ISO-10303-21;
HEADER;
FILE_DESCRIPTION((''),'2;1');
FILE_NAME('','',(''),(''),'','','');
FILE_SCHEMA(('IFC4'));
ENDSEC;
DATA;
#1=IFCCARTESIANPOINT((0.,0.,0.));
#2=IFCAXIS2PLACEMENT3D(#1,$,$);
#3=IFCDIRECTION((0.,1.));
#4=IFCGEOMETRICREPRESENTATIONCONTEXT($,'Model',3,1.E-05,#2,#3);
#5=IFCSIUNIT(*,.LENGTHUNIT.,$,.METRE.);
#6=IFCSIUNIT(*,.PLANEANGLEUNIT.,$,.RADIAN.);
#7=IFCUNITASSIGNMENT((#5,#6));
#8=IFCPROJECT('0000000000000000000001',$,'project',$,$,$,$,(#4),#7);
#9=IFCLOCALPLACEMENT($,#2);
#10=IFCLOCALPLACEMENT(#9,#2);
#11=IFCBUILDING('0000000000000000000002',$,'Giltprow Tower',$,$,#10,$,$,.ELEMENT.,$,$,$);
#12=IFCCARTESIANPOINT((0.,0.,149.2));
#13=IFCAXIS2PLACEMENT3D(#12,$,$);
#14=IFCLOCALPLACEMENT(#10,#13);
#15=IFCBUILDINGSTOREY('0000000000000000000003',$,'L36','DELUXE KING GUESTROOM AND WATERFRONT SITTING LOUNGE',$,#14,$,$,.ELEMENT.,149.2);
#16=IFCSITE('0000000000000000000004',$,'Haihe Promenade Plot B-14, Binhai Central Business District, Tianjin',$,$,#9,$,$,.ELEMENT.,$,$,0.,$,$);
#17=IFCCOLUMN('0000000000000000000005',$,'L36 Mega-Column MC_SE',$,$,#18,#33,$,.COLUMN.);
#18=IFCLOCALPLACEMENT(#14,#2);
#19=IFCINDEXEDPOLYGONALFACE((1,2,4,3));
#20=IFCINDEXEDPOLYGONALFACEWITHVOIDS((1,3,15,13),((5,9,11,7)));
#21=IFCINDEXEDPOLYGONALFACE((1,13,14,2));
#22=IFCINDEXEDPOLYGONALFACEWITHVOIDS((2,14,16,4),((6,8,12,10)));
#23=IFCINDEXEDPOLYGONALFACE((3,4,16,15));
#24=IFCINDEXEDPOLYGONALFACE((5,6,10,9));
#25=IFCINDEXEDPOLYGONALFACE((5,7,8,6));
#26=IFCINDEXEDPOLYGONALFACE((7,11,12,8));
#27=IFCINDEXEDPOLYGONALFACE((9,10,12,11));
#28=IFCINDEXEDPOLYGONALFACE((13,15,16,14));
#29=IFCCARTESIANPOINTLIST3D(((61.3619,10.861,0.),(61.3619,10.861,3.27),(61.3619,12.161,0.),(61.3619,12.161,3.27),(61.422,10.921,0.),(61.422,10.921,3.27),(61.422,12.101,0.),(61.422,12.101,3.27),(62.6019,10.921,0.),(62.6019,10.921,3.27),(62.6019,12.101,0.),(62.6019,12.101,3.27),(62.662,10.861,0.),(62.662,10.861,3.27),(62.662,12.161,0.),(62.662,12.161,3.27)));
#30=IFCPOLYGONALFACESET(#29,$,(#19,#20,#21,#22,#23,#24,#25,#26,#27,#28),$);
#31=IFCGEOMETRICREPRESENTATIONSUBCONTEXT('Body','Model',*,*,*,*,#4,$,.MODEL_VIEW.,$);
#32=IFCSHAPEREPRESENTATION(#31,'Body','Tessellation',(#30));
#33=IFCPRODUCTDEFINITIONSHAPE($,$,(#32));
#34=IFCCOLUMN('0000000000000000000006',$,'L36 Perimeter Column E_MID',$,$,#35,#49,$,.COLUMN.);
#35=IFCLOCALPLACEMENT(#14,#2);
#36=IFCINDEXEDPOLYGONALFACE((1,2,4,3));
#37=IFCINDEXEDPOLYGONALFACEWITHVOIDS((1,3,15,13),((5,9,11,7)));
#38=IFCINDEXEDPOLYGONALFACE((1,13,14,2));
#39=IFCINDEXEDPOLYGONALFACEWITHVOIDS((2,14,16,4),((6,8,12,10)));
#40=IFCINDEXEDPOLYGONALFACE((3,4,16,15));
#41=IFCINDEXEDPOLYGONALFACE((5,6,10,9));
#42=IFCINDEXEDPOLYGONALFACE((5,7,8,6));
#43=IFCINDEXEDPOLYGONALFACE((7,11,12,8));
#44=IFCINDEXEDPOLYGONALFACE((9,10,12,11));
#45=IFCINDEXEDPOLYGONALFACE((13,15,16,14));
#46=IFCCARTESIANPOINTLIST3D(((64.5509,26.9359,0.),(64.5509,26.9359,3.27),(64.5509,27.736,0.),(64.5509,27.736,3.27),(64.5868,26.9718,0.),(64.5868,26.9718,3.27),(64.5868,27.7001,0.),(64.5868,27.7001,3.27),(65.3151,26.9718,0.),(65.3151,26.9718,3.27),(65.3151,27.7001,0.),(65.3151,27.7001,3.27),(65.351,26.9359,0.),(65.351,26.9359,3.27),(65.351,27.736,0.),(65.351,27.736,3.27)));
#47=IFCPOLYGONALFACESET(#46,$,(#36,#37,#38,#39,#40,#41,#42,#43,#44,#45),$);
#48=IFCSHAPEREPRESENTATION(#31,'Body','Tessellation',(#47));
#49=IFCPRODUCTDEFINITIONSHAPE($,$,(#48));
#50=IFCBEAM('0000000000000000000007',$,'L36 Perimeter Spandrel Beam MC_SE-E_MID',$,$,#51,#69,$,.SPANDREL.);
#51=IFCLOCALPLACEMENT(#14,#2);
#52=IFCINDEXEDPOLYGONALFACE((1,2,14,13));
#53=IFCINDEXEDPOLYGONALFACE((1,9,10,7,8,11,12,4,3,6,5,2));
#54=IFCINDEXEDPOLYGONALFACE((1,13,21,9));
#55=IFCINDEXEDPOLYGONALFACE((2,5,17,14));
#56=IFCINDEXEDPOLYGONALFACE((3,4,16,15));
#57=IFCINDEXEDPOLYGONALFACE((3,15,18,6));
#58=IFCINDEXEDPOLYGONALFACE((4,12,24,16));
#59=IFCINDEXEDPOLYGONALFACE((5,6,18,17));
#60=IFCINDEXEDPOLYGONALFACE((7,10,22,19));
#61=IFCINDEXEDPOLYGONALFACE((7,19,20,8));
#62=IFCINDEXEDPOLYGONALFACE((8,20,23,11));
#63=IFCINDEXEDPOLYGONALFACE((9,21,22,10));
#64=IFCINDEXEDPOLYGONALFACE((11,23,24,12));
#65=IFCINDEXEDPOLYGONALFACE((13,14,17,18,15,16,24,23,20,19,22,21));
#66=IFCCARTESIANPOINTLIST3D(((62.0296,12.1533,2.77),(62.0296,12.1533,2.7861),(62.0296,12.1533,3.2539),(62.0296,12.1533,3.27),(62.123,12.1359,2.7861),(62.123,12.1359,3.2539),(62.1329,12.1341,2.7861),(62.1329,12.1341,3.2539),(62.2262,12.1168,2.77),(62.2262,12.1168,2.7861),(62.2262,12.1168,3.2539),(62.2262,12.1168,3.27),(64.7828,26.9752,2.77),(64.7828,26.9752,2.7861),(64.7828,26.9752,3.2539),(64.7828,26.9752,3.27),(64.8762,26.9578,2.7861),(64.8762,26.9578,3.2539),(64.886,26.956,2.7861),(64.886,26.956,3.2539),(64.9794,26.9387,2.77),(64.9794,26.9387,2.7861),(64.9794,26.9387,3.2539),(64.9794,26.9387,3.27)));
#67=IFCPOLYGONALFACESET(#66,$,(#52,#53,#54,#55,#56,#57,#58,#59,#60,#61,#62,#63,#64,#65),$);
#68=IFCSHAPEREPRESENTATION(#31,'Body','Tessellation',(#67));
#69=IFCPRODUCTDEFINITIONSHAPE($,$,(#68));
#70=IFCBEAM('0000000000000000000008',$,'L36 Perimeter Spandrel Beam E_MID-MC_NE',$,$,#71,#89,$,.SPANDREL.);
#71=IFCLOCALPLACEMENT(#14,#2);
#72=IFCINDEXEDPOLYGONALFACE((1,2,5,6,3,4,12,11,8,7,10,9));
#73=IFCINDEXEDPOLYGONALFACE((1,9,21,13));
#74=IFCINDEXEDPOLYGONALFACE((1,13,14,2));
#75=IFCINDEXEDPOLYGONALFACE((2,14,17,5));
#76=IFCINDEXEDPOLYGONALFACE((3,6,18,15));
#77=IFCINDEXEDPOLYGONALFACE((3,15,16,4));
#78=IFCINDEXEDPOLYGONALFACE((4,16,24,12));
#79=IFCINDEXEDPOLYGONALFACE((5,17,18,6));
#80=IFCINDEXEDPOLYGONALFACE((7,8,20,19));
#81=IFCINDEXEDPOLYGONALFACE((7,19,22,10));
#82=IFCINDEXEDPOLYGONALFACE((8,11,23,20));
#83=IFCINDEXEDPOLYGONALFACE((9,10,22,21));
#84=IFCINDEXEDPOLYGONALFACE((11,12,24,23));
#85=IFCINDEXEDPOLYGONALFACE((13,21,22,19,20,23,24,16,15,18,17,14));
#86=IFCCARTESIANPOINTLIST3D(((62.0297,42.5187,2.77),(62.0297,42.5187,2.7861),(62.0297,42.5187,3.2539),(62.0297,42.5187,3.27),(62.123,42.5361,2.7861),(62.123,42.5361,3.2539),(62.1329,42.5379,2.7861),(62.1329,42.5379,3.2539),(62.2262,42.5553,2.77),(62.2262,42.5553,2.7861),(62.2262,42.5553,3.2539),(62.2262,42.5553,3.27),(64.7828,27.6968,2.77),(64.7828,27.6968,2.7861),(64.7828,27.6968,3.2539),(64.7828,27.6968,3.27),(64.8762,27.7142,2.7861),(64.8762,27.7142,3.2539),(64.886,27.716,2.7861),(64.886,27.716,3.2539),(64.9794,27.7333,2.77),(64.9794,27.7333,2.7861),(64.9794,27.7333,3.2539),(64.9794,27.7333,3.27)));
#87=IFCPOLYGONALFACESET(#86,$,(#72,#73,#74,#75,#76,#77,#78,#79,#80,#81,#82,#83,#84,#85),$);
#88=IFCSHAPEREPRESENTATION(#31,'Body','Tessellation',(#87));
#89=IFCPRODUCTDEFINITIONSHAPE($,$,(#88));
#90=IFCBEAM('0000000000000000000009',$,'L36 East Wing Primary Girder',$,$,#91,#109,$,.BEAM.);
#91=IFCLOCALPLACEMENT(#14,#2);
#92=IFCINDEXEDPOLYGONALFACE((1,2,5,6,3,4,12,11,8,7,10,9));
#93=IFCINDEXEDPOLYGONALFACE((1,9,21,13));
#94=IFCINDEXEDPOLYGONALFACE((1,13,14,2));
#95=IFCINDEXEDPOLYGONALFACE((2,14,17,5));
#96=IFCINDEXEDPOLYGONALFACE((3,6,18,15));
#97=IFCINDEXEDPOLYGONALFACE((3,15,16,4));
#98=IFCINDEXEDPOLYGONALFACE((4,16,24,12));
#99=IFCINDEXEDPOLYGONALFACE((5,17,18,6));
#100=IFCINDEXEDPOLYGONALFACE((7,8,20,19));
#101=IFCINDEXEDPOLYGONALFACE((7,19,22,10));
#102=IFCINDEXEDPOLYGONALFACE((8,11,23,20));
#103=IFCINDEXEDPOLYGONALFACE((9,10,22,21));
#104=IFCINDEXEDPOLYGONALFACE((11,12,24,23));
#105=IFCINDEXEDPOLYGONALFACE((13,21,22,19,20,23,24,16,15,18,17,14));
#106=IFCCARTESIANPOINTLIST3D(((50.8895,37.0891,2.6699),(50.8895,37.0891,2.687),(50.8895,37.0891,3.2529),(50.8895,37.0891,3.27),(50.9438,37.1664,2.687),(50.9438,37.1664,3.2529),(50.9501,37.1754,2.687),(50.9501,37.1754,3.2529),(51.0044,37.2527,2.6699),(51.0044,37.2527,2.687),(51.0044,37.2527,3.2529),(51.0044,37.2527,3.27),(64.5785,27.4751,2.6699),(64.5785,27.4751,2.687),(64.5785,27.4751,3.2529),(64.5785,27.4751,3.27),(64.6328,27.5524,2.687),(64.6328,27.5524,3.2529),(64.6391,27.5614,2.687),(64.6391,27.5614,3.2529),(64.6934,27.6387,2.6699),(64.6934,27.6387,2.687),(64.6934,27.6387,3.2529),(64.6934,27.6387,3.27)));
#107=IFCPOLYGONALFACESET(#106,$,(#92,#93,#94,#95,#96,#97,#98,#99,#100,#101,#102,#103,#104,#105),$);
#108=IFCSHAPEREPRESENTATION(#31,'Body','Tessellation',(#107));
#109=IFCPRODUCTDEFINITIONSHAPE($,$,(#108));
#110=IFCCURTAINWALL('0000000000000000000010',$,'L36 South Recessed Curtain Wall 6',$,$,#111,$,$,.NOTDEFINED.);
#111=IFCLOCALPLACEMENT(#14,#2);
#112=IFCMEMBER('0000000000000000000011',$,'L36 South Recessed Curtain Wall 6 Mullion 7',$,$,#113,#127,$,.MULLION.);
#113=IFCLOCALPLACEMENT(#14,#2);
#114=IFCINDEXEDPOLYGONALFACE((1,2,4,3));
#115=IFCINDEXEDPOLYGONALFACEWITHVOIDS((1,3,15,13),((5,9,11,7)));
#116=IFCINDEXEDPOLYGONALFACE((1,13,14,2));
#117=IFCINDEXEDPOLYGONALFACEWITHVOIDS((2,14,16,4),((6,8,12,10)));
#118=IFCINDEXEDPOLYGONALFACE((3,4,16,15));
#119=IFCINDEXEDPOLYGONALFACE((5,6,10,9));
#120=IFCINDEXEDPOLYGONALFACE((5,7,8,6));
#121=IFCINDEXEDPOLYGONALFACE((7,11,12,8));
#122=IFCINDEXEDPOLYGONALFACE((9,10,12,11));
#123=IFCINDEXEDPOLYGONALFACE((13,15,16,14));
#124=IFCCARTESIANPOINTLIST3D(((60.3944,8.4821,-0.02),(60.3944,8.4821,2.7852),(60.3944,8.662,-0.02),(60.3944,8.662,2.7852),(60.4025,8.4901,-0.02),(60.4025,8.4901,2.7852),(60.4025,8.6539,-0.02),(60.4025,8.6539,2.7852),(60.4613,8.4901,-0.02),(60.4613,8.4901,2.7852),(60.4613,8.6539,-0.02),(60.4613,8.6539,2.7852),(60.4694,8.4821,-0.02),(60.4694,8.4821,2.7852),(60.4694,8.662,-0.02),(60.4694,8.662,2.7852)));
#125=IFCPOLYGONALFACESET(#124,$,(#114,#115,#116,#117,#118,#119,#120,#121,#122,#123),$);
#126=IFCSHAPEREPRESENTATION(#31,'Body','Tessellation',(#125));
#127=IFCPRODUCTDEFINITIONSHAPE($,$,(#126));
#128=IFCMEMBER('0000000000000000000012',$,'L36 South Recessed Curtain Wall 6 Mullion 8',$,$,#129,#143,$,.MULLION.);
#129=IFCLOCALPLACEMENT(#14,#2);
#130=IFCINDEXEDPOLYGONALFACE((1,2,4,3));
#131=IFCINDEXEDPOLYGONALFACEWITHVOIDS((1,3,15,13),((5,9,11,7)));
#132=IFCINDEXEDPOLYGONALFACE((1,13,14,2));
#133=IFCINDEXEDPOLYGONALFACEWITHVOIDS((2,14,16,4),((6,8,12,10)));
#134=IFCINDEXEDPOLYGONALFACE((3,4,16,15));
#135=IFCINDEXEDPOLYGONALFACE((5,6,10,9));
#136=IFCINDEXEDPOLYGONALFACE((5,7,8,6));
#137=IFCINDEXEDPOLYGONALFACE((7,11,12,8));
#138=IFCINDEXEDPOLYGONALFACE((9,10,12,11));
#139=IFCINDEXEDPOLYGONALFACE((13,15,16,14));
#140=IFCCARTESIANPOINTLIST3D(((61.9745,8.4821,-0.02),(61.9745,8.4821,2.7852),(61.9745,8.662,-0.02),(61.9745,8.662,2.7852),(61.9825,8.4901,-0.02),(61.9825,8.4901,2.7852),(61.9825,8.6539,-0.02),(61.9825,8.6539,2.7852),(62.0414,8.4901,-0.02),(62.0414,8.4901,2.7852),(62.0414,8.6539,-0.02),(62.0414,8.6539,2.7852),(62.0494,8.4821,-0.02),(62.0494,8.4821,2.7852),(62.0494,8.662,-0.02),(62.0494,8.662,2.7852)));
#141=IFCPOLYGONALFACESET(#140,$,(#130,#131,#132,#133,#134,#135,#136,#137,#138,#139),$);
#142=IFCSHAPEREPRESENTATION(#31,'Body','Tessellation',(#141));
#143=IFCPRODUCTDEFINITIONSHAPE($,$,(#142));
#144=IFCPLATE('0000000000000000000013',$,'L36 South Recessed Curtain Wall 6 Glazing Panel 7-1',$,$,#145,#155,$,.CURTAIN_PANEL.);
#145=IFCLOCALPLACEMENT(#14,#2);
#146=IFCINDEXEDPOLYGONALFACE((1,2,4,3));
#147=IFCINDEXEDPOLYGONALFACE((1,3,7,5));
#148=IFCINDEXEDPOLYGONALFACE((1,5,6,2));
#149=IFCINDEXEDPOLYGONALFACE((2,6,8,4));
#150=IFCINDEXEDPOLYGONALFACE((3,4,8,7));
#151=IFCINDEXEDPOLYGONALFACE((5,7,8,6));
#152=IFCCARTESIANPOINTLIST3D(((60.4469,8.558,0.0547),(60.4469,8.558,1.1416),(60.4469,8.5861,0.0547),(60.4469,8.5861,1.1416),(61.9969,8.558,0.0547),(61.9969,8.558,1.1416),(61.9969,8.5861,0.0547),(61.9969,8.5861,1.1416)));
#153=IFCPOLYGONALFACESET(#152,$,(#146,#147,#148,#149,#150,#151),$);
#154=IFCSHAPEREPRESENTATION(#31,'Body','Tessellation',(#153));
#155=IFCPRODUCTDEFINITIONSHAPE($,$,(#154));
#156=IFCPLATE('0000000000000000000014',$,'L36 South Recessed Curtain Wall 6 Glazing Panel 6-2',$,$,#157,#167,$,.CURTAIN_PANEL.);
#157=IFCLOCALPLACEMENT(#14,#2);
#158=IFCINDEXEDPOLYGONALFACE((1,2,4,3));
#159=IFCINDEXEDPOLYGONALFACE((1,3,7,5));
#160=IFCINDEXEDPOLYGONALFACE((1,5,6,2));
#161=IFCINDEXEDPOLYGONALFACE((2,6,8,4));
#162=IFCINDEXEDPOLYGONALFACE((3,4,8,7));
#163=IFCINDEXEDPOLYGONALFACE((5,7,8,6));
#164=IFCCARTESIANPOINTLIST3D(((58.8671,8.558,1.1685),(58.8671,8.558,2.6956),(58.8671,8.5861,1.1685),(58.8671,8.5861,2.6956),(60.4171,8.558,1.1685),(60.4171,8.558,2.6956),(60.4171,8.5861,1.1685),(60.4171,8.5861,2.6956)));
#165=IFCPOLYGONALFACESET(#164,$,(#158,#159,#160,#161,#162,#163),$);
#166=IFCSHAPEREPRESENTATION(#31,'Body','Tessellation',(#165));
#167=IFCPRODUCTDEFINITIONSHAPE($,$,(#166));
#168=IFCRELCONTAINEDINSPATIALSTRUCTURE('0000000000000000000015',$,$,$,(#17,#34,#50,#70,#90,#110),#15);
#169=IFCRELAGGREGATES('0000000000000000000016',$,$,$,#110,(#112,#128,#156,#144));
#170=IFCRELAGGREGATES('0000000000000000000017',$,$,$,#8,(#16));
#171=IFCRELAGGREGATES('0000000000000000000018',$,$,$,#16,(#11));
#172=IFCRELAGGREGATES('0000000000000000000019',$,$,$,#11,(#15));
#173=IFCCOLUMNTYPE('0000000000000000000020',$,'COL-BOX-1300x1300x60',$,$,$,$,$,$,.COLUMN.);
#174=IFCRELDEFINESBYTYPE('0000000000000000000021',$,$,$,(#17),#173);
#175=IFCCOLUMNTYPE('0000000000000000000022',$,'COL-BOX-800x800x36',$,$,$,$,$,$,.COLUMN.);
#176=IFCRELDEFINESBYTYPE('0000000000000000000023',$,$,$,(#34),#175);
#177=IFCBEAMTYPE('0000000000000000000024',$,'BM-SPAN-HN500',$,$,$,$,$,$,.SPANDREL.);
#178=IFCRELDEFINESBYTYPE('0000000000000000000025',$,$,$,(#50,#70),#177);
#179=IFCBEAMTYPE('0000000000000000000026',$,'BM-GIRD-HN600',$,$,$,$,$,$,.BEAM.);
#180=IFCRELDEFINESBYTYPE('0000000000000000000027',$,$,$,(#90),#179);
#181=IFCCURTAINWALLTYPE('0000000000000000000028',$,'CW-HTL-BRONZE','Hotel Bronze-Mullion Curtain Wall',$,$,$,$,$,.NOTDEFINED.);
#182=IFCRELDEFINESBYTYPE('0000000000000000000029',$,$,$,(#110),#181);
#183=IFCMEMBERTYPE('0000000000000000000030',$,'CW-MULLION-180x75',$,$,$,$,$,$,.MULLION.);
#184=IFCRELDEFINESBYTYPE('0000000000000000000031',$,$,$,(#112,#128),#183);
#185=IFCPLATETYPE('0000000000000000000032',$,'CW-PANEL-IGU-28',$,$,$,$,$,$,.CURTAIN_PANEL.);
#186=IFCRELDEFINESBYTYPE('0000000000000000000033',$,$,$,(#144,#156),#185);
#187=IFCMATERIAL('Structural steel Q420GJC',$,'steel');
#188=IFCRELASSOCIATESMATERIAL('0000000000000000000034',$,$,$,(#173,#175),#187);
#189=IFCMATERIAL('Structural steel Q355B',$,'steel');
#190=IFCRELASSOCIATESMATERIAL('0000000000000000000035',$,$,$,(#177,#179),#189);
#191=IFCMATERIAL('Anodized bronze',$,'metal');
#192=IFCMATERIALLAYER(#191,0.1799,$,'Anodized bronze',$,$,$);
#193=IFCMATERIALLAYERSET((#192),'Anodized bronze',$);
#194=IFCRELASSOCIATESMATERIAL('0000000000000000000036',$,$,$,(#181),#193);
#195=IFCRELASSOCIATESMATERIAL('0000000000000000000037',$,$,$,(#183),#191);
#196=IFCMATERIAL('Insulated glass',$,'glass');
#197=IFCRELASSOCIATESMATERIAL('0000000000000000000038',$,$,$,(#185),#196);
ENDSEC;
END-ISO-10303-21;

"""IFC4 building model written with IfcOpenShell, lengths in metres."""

from ifc_helpers import new_model, si_unit, direction, frame, origin, origin_2d, place, context, subcontext, project, spatial, rectangle, hollow_rectangle, i_section, extrude, source, transform, mapped, material, layer, layer_set, material_profile, profile_set, type_object, element, aggregate, save


model = new_model("IFC4")

# Units and contexts
model_context = context("Model", 3, precision=1e-05, world=origin(), true_north=direction((0.0, 1.0)))
body_context = subcontext(model_context, "Body", "Model", "MODEL_VIEW")
ifc_project = project(units=[si_unit("LENGTHUNIT", "METRE"), si_unit("PLANEANGLEUNIT", "RADIAN")], contexts=[model_context])

# Site, building, storey
site_placement = place(None, origin())
site = spatial("IfcSite", under=ifc_project, at=site_placement, Name="Haihe Promenade Plot B-14, Binhai Central Business District, Tianjin", CompositionType="ELEMENT", RefElevation=0.0)
building_placement = place(site_placement, origin())
building = spatial("IfcBuilding", under=site, at=building_placement, Name="Giltprow Tower", CompositionType="ELEMENT")
storey_placement = place(building_placement, frame((0.0, 0.0, 149.2)))
storey = spatial("IfcBuildingStorey", under=building, at=storey_placement, Name="L36", Description="DELUXE KING GUESTROOM AND WATERFRONT SITTING LOUNGE", CompositionType="ELEMENT", Elevation=149.2)

# Columns
ifc_material_1 = material(Name="Structural steel Q420GJC", Category="steel")
ifc_material_profile_1 = material_profile(ifc_material_1, hollow_rectangle(XDim=1.3, YDim=1.3, WallThickness=0.0601, at=origin_2d()), Name="BOX 1300x1300x60")
ifc_profile_set_1 = profile_set([ifc_material_profile_1], Name="Structural steel Q420GJC")
column_type_1 = type_object("IfcColumnType", Name="COL-BOX-1300x1300x60", PredefinedType="COLUMN", material=ifc_profile_set_1)
shared_shape_1 = source(origin(), body_context, "Body", "SweptSolid", [
    extrude(hollow_rectangle(XDim=1.3, YDim=1.3, WallThickness=0.0601, at=origin_2d()), origin(), (0.0, 0.0, 1.0), 3.27),
])
column_1_placement = place(storey_placement, frame((62.012, 11.511, 0.0), z_axis=(0.0, 0.0, 1.0), x_axis=(1.0, 0.0, 0.0)))
element("IfcColumn", 1, at=column_1_placement, inside=storey, type_object=column_type_1, Name="L36 Mega-Column MC_SE", PredefinedType="COLUMN", context=body_context, shape_type="MappedRepresentation", body=[
    mapped(shared_shape_1, transform((0.0, 0.0, 0.0), x_axis=(1.0, 0.0, 0.0), y_axis=(0.0, 1.0, 0.0), z_axis=(0.0, 0.0, 1.0), scale=1.0)),
])
ifc_material_profile_2 = material_profile(ifc_material_1, hollow_rectangle(XDim=0.8, YDim=0.8, WallThickness=0.0359, at=origin_2d()), Name="BOX 800x800x36")
ifc_profile_set_2 = profile_set([ifc_material_profile_2], Name="Structural steel Q420GJC")
column_type_2 = type_object("IfcColumnType", Name="COL-BOX-800x800x36", PredefinedType="COLUMN", material=ifc_profile_set_2)
shared_shape_2 = source(origin(), body_context, "Body", "SweptSolid", [
    extrude(hollow_rectangle(XDim=0.8, YDim=0.8, WallThickness=0.0359, at=origin_2d()), origin(), (0.0, 0.0, 1.0), 3.27),
])
column_2_placement = place(storey_placement, frame((64.9509, 27.3359, 0.0), z_axis=(0.0, 0.0, 1.0), x_axis=(1.0, 0.0, 0.0)))
element("IfcColumn", 2, at=column_2_placement, inside=storey, type_object=column_type_2, Name="L36 Perimeter Column E_MID", PredefinedType="COLUMN", context=body_context, shape_type="MappedRepresentation", body=[
    mapped(shared_shape_2, transform((0.0, 0.0, 0.0), x_axis=(1.0, 0.0, 0.0), y_axis=(0.0, 1.0, 0.0), z_axis=(0.0, 0.0, 1.0), scale=1.0)),
])

# Beams
ifc_material_2 = material(Name="Structural steel Q355B", Category="steel")
ifc_material_profile_3 = material_profile(ifc_material_2, i_section(OverallWidth=0.2, OverallDepth=0.5, WebThickness=0.01, FlangeThickness=0.0161, at=origin_2d()), Name="HN 500x200x10x16")
ifc_profile_set_3 = profile_set([ifc_material_profile_3], Name="Structural steel Q355B")
beam_type_1 = type_object("IfcBeamType", Name="BM-SPAN-HN500", PredefinedType="SPANDREL", material=ifc_profile_set_3)
shared_shape_3 = source(origin(), body_context, "Body", "SweptSolid", [
    extrude(i_section(OverallWidth=0.2, OverallDepth=0.5, WebThickness=0.01, FlangeThickness=0.0161, at=origin_2d()), origin(), (0.0, 0.0, 1.0), 15.0754),
])
for number, where, z_axis, x_axis, name in (
    (3, (62.1279, 12.135, 3.02), (0.182625, 0.983183, 0.0), (-0.983183, 0.182625, 0.0), "L36 Perimeter Spandrel Beam MC_SE-E_MID"),
    (4, (64.8811, 27.7151, 3.02), (-0.182625, 0.983183, 0.0), (-0.983183, -0.182625, 0.0), "L36 Perimeter Spandrel Beam E_MID-MC_NE"),
):
    element("IfcBeam", number, at=place(storey_placement, frame(where, z_axis=z_axis, x_axis=x_axis)), inside=storey, type_object=beam_type_1, Name=name, PredefinedType="SPANDREL", context=body_context, shape_type="MappedRepresentation", body=[
        mapped(shared_shape_3, transform((0.0, 0.0, 0.0), x_axis=(1.0, 0.0, 0.0), y_axis=(0.0, 1.0, 0.0), z_axis=(0.0, 0.0, 1.0), scale=1.0)),
    ])
ifc_material_profile_4 = material_profile(ifc_material_2, i_section(OverallWidth=0.2, OverallDepth=0.6001, WebThickness=0.011, FlangeThickness=0.0171, at=origin_2d()), Name="HN 600x200x11x17")
ifc_profile_set_4 = profile_set([ifc_material_profile_4], Name="Structural steel Q355B")
beam_type_2 = type_object("IfcBeamType", Name="BM-GIRD-HN600", PredefinedType="BEAM", material=ifc_profile_set_4)
shared_shape_4 = source(origin(), body_context, "Body", "SweptSolid", [
    extrude(i_section(OverallWidth=0.2, OverallDepth=0.6001, WebThickness=0.011, FlangeThickness=0.0171, at=origin_2d()), origin(), (0.0, 0.0, 1.0), 16.7278),
])
beam_placement = place(storey_placement, frame((64.636, 27.5569, 2.97), z_axis=(-0.81834, 0.574735, 0.0), x_axis=(-0.574735, -0.81834, 0.0)))
element("IfcBeam", 5, at=beam_placement, inside=storey, type_object=beam_type_2, Name="L36 East Wing Primary Girder", PredefinedType="BEAM", context=body_context, shape_type="MappedRepresentation", body=[
    mapped(shared_shape_4, transform((0.0, 0.0, 0.0), x_axis=(1.0, 0.0, 0.0), y_axis=(0.0, 1.0, 0.0), z_axis=(0.0, 0.0, 1.0), scale=1.0)),
])

# Curtain wall, members, plates
ifc_material_3 = material(Name="Anodized bronze", Category="metal")
ifc_layer_1 = layer(ifc_material_3, 0.1799, Name="Anodized bronze")
ifc_layer_set_1 = layer_set([ifc_layer_1], Name="Anodized bronze")
curtain_wall_type = type_object("IfcCurtainWallType", Name="CW-HTL-BRONZE", Description="Hotel Bronze-Mullion Curtain Wall", PredefinedType="NOTDEFINED", material=ifc_layer_set_1)
curtain_wall_placement = place(storey_placement, origin())
curtain_wall = element("IfcCurtainWall", 6, at=curtain_wall_placement, inside=storey, type_object=curtain_wall_type, Name="L36 South Recessed Curtain Wall 6", PredefinedType="NOTDEFINED")
ifc_material_profile_5 = material_profile(ifc_material_3, hollow_rectangle(XDim=0.075, YDim=0.1799, WallThickness=0.0081, at=origin_2d()), Name="RHS 180x75x8")
ifc_profile_set_5 = profile_set([ifc_material_profile_5], Name="Anodized bronze")
member_type = type_object("IfcMemberType", Name="CW-MULLION-180x75", PredefinedType="MULLION", material=ifc_profile_set_5)
shared_shape_5 = source(origin(), body_context, "Body", "SweptSolid", [
    extrude(hollow_rectangle(XDim=0.075, YDim=0.1799, WallThickness=0.0081, at=origin_2d()), origin(), (0.0, 0.0, 1.0), 2.8052),
])
member_1_placement = place(storey_placement, frame((60.4319, 8.572, -0.02), z_axis=(0.0, 0.0, 1.0), x_axis=(1.0, 0.0, 0.0)))
member_1 = element("IfcMember", 7, at=member_1_placement, type_object=member_type, Name="L36 South Recessed Curtain Wall 6 Mullion 7", PredefinedType="MULLION", context=body_context, shape_type="MappedRepresentation", body=[
    mapped(shared_shape_5, transform((0.0, 0.0, 0.0), x_axis=(1.0, 0.0, 0.0), y_axis=(0.0, 1.0, 0.0), z_axis=(0.0, 0.0, 1.0), scale=1.0)),
])
member_2_placement = place(storey_placement, frame((62.012, 8.572, -0.02), z_axis=(0.0, 0.0, 1.0), x_axis=(1.0, 0.0, 0.0)))
member_2 = element("IfcMember", 8, at=member_2_placement, type_object=member_type, Name="L36 South Recessed Curtain Wall 6 Mullion 8", PredefinedType="MULLION", context=body_context, shape_type="MappedRepresentation", body=[
    mapped(shared_shape_5, transform((0.0, 0.0, 0.0), x_axis=(1.0, 0.0, 0.0), y_axis=(0.0, 1.0, 0.0), z_axis=(0.0, 0.0, 1.0), scale=1.0)),
])
ifc_material_4 = material(Name="Insulated glass", Category="glass")
plate_type = type_object("IfcPlateType", Name="CW-PANEL-IGU-28", PredefinedType="CURTAIN_PANEL", material=ifc_material_4)
shared_shape_6 = source(origin(), body_context, "Body", "SweptSolid", [
    extrude(rectangle(XDim=1.55, YDim=0.0281, at=origin_2d()), origin(), (0.0, 0.0, 1.0), 1.0869),
])
plate_1_placement = place(storey_placement, frame((61.2219, 8.572, 0.0547), z_axis=(0.0, 0.0, 1.0), x_axis=(1.0, 0.0, 0.0)))
plate_1 = element("IfcPlate", 9, at=plate_1_placement, type_object=plate_type, Name="L36 South Recessed Curtain Wall 6 Glazing Panel 7-1", PredefinedType="CURTAIN_PANEL", context=body_context, shape_type="MappedRepresentation", body=[
    mapped(shared_shape_6, transform((0.0, 0.0, 0.0), x_axis=(1.0, 0.0, 0.0), y_axis=(0.0, 1.0, 0.0), z_axis=(0.0, 0.0, 1.0), scale=1.0)),
])
shared_shape_7 = source(origin(), body_context, "Body", "SweptSolid", [
    extrude(rectangle(XDim=1.55, YDim=0.0281, at=origin_2d()), origin(), (0.0, 0.0, 1.0), 1.5271),
])
plate_2_placement = place(storey_placement, frame((59.6421, 8.572, 1.1685), z_axis=(0.0, 0.0, 1.0), x_axis=(1.0, 0.0, 0.0)))
plate_2 = element("IfcPlate", 10, at=plate_2_placement, type_object=plate_type, Name="L36 South Recessed Curtain Wall 6 Glazing Panel 6-2", PredefinedType="CURTAIN_PANEL", context=body_context, shape_type="MappedRepresentation", body=[
    mapped(shared_shape_7, transform((0.0, 0.0, 0.0), x_axis=(1.0, 0.0, 0.0), y_axis=(0.0, 1.0, 0.0), z_axis=(0.0, 0.0, 1.0), scale=1.0)),
])
aggregate(curtain_wall, [member_1, member_2, plate_2, plate_1])

save(model, "model.ifc")
